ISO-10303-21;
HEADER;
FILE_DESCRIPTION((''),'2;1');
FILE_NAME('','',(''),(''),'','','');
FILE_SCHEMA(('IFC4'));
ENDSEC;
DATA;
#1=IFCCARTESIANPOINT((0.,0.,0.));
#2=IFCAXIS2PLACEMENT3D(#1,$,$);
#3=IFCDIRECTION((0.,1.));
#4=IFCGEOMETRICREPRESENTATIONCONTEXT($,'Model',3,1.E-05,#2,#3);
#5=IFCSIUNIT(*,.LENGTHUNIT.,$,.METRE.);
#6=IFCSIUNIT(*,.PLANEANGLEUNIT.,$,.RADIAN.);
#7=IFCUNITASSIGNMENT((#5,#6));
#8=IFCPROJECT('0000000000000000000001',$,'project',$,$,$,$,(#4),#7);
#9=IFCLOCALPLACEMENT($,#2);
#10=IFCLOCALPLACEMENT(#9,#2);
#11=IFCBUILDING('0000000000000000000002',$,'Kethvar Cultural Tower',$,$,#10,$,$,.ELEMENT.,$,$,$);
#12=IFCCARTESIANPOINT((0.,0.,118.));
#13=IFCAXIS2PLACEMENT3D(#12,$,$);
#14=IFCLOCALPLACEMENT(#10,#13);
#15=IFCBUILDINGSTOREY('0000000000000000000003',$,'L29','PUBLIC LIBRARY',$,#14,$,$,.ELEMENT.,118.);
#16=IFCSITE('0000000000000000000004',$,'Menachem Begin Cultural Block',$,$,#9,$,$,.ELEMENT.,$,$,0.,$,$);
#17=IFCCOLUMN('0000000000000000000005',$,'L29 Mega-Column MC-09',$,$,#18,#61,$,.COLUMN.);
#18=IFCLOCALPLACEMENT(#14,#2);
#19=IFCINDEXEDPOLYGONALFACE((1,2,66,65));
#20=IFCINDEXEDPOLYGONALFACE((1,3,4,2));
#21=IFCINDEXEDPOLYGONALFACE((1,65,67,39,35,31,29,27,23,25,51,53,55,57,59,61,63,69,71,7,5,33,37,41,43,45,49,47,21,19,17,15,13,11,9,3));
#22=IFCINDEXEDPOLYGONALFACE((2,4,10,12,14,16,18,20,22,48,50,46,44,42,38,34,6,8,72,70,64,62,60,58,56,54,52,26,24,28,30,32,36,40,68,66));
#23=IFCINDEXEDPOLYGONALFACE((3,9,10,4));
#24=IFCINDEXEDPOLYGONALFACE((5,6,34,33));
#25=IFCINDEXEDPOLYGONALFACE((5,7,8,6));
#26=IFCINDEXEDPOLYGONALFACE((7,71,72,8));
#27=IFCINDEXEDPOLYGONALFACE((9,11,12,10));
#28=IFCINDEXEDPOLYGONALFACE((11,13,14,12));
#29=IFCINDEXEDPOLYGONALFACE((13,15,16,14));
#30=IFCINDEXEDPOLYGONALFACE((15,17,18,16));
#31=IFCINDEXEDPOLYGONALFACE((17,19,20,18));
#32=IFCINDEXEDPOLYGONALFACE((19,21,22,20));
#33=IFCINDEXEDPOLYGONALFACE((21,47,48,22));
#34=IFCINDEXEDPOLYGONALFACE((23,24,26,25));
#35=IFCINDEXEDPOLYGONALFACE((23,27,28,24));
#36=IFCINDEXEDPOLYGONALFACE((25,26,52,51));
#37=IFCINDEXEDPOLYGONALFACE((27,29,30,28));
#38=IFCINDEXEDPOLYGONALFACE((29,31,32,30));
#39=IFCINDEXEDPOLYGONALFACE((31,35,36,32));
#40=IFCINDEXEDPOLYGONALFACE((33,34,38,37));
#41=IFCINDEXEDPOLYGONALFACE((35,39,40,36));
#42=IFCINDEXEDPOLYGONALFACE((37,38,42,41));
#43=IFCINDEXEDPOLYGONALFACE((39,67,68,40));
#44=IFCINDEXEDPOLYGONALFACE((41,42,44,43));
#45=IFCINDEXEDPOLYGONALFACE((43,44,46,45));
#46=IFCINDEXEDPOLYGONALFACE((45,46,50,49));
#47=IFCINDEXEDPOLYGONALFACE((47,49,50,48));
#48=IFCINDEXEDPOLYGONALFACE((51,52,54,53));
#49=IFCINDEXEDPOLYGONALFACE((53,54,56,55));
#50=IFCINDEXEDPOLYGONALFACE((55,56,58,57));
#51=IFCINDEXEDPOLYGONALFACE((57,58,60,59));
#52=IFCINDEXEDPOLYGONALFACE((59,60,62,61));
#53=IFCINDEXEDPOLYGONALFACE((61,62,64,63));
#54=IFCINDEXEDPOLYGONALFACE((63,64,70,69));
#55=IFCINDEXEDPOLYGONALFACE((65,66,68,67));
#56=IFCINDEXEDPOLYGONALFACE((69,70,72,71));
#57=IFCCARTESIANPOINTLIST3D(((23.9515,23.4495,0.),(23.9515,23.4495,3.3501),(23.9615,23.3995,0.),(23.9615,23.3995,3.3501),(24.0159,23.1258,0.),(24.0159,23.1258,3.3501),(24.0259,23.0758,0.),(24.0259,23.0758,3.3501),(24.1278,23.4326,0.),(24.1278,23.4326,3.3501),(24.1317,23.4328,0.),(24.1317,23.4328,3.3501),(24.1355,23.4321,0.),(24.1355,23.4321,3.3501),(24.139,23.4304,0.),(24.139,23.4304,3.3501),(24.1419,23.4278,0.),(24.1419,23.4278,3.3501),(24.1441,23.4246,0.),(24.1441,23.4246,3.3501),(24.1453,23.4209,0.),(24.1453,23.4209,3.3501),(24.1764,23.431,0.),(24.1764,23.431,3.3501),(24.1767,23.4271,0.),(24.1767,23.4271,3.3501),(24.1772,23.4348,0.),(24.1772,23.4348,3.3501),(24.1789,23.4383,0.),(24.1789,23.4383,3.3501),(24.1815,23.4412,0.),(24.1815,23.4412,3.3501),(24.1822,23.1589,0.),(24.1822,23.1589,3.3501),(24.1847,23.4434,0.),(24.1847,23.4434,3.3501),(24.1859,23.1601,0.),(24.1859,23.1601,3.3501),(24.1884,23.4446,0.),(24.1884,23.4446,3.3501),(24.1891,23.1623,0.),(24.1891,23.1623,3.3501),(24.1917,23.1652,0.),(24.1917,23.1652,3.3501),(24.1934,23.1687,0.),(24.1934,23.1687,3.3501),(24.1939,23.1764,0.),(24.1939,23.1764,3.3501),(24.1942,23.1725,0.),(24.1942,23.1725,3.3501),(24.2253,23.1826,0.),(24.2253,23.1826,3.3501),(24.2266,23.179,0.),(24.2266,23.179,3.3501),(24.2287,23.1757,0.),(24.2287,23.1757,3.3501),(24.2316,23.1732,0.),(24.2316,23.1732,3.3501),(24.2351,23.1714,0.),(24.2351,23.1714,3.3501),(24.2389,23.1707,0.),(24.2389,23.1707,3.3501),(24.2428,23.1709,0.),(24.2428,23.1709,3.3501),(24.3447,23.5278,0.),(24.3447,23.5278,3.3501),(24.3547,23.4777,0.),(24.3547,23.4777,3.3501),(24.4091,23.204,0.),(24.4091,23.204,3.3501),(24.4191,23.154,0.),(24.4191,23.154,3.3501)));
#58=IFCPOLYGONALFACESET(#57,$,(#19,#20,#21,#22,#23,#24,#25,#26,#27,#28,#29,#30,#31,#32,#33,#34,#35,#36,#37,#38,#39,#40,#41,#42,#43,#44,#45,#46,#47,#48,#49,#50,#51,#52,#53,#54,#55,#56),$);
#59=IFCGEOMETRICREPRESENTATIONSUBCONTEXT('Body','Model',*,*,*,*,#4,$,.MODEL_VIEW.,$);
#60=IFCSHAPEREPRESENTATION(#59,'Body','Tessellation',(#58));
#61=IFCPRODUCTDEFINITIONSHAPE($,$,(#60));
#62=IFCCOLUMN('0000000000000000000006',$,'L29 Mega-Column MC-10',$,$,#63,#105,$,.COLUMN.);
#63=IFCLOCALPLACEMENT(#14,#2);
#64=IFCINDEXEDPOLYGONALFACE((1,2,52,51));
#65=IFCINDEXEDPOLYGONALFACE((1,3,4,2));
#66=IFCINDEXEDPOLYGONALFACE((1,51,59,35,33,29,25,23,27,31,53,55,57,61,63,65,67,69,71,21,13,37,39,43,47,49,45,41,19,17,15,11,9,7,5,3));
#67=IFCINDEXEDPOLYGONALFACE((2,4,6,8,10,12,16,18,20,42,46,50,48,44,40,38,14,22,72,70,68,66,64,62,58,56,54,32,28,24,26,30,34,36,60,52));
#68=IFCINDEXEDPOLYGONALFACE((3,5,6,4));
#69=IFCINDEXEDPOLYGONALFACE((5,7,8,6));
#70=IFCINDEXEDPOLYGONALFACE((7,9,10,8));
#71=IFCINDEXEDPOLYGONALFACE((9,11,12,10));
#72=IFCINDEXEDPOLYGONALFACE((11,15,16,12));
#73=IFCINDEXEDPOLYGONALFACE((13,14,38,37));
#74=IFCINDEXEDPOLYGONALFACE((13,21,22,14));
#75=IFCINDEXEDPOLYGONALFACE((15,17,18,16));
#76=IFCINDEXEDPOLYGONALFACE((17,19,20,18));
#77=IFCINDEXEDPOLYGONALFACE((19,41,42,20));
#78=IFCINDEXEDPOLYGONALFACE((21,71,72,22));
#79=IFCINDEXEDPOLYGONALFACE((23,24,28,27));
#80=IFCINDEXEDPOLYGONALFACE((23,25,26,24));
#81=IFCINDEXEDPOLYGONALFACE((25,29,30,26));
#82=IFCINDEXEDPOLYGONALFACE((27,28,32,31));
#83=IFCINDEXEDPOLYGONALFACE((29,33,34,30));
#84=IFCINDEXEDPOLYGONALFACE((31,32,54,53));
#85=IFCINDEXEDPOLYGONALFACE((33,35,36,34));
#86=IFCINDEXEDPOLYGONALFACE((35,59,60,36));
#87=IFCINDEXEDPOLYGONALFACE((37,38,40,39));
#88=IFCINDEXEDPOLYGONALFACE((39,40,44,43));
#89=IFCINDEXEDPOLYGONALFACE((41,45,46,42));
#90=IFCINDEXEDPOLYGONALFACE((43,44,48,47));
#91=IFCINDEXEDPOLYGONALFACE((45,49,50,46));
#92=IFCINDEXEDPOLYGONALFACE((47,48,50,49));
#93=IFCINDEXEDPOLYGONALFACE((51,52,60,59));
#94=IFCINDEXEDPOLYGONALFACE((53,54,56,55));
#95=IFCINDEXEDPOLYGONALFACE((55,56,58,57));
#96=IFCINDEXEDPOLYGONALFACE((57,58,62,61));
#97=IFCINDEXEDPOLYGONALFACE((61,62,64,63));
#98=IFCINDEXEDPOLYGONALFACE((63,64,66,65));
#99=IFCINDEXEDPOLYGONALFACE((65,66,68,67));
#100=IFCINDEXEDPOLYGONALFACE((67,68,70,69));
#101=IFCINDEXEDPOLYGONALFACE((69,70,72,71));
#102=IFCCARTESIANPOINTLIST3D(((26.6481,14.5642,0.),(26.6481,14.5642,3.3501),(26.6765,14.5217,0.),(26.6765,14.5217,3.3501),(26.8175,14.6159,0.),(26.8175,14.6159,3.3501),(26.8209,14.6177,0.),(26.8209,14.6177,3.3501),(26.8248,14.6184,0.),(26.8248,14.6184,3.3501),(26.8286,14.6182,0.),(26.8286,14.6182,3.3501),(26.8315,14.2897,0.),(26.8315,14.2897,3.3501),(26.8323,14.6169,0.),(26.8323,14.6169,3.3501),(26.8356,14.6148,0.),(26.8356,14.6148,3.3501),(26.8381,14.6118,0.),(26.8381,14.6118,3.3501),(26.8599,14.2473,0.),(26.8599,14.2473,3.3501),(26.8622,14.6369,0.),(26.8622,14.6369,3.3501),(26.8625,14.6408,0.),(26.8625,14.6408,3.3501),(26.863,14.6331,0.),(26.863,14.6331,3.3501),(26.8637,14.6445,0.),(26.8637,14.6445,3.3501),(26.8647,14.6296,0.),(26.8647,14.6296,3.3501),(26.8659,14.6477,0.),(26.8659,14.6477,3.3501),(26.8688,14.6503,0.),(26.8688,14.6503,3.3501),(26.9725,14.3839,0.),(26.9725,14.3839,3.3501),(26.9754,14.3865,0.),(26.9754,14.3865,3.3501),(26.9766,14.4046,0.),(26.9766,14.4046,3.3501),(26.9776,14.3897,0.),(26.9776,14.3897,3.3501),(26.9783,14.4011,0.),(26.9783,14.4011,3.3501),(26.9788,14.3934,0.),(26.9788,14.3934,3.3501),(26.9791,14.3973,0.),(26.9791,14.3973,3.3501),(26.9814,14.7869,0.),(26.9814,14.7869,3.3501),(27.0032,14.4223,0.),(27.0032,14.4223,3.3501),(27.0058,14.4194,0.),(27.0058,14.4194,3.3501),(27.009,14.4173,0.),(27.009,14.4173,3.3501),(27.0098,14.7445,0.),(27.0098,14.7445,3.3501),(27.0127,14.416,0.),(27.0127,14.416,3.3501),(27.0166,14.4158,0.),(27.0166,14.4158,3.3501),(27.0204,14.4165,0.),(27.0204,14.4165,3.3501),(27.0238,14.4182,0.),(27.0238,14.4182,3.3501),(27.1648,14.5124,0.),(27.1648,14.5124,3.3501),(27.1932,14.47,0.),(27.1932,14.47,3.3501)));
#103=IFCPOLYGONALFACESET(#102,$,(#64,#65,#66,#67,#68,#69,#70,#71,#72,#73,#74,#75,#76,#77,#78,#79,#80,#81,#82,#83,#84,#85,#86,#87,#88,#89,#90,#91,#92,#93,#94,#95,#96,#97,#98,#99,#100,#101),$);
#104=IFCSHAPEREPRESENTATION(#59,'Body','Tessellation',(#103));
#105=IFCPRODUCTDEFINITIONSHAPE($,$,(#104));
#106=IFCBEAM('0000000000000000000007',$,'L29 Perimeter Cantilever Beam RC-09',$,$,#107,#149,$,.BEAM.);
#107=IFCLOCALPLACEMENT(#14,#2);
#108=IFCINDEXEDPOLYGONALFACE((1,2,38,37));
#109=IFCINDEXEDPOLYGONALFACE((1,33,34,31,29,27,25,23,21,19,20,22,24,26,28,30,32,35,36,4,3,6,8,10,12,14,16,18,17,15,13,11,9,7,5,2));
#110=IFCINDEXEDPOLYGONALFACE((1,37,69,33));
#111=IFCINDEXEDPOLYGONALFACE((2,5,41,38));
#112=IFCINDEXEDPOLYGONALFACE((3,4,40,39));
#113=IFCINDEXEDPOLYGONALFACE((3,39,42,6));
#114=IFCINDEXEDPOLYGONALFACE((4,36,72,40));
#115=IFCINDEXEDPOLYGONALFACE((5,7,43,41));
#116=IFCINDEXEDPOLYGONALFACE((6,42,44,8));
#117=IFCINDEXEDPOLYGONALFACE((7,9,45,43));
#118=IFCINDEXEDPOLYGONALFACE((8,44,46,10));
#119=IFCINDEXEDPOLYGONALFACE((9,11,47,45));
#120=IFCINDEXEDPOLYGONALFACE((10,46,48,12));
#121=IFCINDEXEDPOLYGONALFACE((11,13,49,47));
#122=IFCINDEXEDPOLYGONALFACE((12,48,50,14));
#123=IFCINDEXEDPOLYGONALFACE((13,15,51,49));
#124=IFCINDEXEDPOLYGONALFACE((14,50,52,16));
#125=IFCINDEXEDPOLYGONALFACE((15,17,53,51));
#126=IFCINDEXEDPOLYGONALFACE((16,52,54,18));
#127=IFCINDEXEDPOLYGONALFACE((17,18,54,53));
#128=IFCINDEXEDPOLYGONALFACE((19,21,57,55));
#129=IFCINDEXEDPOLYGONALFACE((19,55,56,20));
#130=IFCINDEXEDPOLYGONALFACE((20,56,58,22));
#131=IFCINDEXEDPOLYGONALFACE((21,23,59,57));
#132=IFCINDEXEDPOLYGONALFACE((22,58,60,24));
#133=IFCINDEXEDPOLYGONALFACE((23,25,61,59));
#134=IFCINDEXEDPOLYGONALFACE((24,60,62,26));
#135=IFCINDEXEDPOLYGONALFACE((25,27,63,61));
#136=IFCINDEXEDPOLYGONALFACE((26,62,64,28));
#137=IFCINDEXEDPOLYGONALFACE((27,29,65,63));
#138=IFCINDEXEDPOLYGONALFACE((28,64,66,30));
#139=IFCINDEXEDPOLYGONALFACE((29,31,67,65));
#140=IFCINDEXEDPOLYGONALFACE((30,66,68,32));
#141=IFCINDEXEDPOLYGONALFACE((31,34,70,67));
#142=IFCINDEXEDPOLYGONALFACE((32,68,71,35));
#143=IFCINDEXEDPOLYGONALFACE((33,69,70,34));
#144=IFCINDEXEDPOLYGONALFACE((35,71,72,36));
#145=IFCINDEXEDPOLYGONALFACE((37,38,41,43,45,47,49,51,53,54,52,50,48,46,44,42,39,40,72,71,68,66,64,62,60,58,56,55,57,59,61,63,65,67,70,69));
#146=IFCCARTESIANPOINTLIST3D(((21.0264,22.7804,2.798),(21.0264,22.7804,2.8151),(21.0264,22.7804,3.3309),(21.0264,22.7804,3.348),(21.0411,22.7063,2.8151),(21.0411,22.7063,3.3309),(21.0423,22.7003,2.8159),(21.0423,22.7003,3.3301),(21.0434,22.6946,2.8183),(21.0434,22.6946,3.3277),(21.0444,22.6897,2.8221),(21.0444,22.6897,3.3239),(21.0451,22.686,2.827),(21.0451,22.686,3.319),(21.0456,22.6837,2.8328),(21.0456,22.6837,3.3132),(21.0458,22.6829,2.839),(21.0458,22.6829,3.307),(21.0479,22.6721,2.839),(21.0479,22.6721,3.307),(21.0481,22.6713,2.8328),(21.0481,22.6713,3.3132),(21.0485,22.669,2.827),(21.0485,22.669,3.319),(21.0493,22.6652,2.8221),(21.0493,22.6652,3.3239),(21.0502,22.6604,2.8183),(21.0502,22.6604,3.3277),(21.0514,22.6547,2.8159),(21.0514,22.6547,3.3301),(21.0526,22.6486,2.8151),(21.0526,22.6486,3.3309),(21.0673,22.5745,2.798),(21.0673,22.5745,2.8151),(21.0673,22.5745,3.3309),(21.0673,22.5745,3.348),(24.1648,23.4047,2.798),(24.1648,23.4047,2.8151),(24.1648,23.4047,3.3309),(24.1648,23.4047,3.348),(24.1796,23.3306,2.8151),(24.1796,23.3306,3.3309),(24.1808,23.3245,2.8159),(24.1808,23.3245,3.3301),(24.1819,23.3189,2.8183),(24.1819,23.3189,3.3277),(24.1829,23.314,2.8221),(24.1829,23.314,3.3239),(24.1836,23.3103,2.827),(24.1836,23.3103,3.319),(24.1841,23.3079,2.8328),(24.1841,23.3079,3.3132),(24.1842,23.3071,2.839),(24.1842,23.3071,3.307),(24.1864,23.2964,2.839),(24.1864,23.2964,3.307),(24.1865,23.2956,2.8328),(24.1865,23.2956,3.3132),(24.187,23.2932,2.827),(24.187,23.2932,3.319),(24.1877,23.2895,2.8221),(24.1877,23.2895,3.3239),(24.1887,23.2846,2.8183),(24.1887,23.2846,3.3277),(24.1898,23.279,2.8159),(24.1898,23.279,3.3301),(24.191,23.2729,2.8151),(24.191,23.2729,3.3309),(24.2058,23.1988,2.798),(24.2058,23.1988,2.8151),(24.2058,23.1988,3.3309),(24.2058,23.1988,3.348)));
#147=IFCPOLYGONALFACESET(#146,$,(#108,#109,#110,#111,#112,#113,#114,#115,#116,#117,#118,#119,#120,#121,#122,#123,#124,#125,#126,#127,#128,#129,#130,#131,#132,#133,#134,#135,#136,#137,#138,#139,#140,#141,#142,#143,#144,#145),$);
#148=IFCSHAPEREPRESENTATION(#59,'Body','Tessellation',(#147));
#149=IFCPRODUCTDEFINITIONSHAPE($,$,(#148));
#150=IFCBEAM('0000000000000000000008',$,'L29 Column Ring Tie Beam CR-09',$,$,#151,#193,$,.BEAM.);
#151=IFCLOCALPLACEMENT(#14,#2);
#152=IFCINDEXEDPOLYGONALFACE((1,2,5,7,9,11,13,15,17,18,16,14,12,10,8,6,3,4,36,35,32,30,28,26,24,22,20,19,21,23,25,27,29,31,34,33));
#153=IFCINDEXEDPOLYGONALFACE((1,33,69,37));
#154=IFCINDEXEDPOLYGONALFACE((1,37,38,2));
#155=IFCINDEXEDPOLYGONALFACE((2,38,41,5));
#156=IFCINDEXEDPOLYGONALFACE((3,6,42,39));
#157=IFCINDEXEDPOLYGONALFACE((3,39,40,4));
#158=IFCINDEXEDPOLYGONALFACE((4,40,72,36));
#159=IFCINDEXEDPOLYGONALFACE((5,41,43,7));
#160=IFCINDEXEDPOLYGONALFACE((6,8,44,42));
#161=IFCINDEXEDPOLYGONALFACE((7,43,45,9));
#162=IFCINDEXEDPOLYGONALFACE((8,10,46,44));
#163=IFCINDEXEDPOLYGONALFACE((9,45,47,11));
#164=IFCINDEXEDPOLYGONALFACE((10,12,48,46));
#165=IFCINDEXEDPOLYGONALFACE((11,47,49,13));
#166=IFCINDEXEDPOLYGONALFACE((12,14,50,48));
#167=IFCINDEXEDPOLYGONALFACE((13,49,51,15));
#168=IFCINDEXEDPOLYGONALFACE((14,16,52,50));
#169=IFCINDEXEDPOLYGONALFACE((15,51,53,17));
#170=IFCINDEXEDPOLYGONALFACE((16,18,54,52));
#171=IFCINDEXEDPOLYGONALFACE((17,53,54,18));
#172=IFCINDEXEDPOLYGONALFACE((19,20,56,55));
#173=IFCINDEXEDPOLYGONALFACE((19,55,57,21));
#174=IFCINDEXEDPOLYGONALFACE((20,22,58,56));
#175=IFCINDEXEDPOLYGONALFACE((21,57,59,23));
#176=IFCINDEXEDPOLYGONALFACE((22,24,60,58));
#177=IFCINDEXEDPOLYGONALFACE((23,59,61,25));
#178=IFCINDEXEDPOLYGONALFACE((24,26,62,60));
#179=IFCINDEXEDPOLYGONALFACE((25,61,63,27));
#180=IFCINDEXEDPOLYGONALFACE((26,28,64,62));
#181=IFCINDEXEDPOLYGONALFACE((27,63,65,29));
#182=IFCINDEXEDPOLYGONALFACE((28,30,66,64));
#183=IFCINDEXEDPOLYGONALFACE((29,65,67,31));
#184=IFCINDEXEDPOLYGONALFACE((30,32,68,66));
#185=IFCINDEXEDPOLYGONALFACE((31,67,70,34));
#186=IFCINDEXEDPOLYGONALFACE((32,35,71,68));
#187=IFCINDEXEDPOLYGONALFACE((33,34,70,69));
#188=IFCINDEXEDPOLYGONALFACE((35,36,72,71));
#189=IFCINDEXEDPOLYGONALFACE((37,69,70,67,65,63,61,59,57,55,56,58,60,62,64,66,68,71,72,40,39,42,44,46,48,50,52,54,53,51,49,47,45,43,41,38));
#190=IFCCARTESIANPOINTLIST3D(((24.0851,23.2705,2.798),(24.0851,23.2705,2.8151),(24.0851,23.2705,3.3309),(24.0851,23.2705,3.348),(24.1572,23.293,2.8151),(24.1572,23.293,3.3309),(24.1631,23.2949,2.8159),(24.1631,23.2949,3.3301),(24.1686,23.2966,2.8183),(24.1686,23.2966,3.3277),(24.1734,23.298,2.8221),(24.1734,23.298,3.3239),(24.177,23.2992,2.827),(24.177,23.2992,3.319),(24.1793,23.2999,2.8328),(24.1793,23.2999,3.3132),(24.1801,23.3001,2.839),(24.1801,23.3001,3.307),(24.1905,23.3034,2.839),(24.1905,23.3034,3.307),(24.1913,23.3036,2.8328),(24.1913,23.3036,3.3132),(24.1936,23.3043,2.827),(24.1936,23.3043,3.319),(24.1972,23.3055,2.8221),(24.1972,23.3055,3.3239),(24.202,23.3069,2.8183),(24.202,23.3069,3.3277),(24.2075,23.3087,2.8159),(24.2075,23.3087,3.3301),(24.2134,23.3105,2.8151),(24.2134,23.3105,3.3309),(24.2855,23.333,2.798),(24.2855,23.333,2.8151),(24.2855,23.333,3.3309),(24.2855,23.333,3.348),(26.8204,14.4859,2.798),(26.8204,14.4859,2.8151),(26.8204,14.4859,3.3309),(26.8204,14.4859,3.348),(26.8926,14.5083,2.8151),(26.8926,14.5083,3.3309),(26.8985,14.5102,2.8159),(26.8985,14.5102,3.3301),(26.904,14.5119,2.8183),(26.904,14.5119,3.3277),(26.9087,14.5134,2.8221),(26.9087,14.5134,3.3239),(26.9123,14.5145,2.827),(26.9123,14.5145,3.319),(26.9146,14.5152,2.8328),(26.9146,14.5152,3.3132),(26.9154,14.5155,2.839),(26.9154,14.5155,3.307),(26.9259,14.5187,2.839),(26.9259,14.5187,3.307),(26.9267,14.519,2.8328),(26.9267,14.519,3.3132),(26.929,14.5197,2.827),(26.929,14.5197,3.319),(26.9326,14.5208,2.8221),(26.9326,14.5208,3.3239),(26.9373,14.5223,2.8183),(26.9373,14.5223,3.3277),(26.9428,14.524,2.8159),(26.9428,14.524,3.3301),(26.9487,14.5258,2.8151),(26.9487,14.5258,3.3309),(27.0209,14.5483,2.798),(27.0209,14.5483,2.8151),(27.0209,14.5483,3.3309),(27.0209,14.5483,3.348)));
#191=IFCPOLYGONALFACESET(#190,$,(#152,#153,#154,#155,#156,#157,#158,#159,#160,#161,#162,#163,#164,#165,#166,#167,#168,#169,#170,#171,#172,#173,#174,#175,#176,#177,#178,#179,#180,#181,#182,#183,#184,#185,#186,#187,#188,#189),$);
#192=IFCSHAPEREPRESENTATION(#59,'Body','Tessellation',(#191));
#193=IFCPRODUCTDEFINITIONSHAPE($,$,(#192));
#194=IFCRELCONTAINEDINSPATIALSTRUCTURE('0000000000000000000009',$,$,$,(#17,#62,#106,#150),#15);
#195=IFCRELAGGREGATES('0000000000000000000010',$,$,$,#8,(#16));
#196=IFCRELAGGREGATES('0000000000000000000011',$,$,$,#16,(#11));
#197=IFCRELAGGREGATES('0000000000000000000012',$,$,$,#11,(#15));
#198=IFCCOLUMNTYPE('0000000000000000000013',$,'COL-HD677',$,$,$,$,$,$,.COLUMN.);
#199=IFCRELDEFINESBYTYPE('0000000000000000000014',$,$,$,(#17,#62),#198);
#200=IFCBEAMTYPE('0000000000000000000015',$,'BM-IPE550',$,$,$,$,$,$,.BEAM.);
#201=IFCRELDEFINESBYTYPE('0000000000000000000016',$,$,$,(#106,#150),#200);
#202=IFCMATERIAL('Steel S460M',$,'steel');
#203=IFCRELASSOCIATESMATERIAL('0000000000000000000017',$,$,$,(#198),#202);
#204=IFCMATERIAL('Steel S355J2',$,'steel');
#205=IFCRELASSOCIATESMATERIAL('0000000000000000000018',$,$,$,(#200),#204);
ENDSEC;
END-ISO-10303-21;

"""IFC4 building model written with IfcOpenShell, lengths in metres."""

from ifc_helpers import new_model, si_unit, direction, frame, origin, origin_2d, place, context, subcontext, project, spatial, i_section, extrude, source, transform, mapped, material, material_profile, profile_set, type_object, element, save


model = new_model("IFC4")

# Units and contexts
model_context = context("Model", 3, precision=1e-05, world=origin(), true_north=direction((0.0, 1.0)))
body_context = subcontext(model_context, "Body", "Model", "MODEL_VIEW")
ifc_project = project(units=[si_unit("LENGTHUNIT", "METRE"), si_unit("PLANEANGLEUNIT", "RADIAN")], contexts=[model_context])

# Site, building, storey
site_placement = place(None, origin())
site = spatial("IfcSite", under=ifc_project, at=site_placement, Name="Menachem Begin Cultural Block", CompositionType="ELEMENT", RefElevation=0.0)
building_placement = place(site_placement, origin())
building = spatial("IfcBuilding", under=site, at=building_placement, Name="Kethvar Cultural Tower", CompositionType="ELEMENT")
storey_placement = place(building_placement, frame((0.0, 0.0, 118.0)))
storey = spatial("IfcBuildingStorey", under=building, at=storey_placement, Name="L29", Description="PUBLIC LIBRARY", CompositionType="ELEMENT", Elevation=118.0)

# Columns
ifc_material_1 = material(Name="Steel S460M", Category="steel")
ifc_material_profile_1 = material_profile(ifc_material_1, i_section(OverallWidth=0.4009, OverallDepth=0.3811, WebThickness=0.032, FlangeThickness=0.051, FilletRadius=0.0149, at=origin_2d()), Name="Steel S460M — HD400x677")
ifc_profile_set_1 = profile_set([ifc_material_profile_1], Name="Steel S460M — HD400x677")
column_type = type_object("IfcColumnType", Name="COL-HD677", PredefinedType="COLUMN", material=ifc_profile_set_1)
shared_shape_1 = source(origin(), body_context, "Body", "SweptSolid", [
    extrude(i_section(OverallWidth=0.4009, OverallDepth=0.3811, WebThickness=0.032, FlangeThickness=0.051, FilletRadius=0.0149, at=origin_2d()), origin(), (0.0, 0.0, 1.0), 3.3501),
])
for number, where, z_axis, x_axis, name in (
    (1, (24.1853, 23.3018, 0.0), (0.0, 0.0, 1.0), (-0.980785, -0.19509, 0.0), "L29 Mega-Column MC-09"),
    (2, (26.9207, 14.5171, 0.0), (0.0, 0.0, 1.0), (-0.83147, -0.55557, 0.0), "L29 Mega-Column MC-10"),
):
    element("IfcColumn", number, at=place(storey_placement, frame(where, z_axis=z_axis, x_axis=x_axis)), inside=storey, type_object=column_type, Name=name, PredefinedType="COLUMN", context=body_context, shape_type="MappedRepresentation", body=[
        mapped(shared_shape_1, transform((0.0, 0.0, 0.0), scale=1.0)),
    ])

# Beams
ifc_material_2 = material(Name="Steel S355J2", Category="steel")
ifc_material_profile_2 = material_profile(ifc_material_2, i_section(OverallWidth=0.21, OverallDepth=0.55, WebThickness=0.011, FlangeThickness=0.0171, FilletRadius=0.0239, at=origin_2d()), Name="Steel S355J2 — IPE550")
ifc_profile_set_2 = profile_set([ifc_material_profile_2], Name="Steel S355J2 — IPE550")
beam_type_1 = type_object("IfcBeamType", Name="BM-IPE550", PredefinedType="BEAM", material=ifc_profile_set_2)
shared_shape_2 = source(origin(), body_context, "Body", "SweptSolid", [
    extrude(i_section(OverallWidth=0.21, OverallDepth=0.55, WebThickness=0.011, FlangeThickness=0.0171, FilletRadius=0.0239, at=origin_2d()), origin(), (0.0, 0.0, 1.0), 3.2),
])
beam_1_placement = place(storey_placement, frame((24.1853, 23.3018, 3.073), z_axis=(-0.980786, -0.195089, 0.0), x_axis=(0.195089, -0.980786, 0.0)))
element("IfcBeam", 3, at=beam_1_placement, inside=storey, type_object=beam_type_1, Name="L29 Perimeter Cantilever Beam RC-09", PredefinedType="BEAM", context=body_context, shape_type="MappedRepresentation", body=[
    mapped(shared_shape_2, transform((0.0, 0.0, 0.0), scale=1.0)),
])
shared_shape_3 = source(origin(), body_context, "Body", "SweptSolid", [
    extrude(i_section(OverallWidth=0.21, OverallDepth=0.55, WebThickness=0.011, FlangeThickness=0.0171, FilletRadius=0.0239, at=origin_2d()), origin(), (0.0, 0.0, 1.0), 9.2007),
])
beam_2_placement = place(storey_placement, frame((24.1853, 23.3018, 3.073), z_axis=(0.297299, -0.954784, 0.0), x_axis=(0.954784, 0.297299, 0.0)))
element("IfcBeam", 4, at=beam_2_placement, inside=storey, type_object=beam_type_1, Name="L29 Column Ring Tie Beam CR-09", PredefinedType="BEAM", context=body_context, shape_type="MappedRepresentation", body=[
    mapped(shared_shape_3, transform((0.0, 0.0, 0.0), scale=1.0)),
])

save(model, "model.ifc")
